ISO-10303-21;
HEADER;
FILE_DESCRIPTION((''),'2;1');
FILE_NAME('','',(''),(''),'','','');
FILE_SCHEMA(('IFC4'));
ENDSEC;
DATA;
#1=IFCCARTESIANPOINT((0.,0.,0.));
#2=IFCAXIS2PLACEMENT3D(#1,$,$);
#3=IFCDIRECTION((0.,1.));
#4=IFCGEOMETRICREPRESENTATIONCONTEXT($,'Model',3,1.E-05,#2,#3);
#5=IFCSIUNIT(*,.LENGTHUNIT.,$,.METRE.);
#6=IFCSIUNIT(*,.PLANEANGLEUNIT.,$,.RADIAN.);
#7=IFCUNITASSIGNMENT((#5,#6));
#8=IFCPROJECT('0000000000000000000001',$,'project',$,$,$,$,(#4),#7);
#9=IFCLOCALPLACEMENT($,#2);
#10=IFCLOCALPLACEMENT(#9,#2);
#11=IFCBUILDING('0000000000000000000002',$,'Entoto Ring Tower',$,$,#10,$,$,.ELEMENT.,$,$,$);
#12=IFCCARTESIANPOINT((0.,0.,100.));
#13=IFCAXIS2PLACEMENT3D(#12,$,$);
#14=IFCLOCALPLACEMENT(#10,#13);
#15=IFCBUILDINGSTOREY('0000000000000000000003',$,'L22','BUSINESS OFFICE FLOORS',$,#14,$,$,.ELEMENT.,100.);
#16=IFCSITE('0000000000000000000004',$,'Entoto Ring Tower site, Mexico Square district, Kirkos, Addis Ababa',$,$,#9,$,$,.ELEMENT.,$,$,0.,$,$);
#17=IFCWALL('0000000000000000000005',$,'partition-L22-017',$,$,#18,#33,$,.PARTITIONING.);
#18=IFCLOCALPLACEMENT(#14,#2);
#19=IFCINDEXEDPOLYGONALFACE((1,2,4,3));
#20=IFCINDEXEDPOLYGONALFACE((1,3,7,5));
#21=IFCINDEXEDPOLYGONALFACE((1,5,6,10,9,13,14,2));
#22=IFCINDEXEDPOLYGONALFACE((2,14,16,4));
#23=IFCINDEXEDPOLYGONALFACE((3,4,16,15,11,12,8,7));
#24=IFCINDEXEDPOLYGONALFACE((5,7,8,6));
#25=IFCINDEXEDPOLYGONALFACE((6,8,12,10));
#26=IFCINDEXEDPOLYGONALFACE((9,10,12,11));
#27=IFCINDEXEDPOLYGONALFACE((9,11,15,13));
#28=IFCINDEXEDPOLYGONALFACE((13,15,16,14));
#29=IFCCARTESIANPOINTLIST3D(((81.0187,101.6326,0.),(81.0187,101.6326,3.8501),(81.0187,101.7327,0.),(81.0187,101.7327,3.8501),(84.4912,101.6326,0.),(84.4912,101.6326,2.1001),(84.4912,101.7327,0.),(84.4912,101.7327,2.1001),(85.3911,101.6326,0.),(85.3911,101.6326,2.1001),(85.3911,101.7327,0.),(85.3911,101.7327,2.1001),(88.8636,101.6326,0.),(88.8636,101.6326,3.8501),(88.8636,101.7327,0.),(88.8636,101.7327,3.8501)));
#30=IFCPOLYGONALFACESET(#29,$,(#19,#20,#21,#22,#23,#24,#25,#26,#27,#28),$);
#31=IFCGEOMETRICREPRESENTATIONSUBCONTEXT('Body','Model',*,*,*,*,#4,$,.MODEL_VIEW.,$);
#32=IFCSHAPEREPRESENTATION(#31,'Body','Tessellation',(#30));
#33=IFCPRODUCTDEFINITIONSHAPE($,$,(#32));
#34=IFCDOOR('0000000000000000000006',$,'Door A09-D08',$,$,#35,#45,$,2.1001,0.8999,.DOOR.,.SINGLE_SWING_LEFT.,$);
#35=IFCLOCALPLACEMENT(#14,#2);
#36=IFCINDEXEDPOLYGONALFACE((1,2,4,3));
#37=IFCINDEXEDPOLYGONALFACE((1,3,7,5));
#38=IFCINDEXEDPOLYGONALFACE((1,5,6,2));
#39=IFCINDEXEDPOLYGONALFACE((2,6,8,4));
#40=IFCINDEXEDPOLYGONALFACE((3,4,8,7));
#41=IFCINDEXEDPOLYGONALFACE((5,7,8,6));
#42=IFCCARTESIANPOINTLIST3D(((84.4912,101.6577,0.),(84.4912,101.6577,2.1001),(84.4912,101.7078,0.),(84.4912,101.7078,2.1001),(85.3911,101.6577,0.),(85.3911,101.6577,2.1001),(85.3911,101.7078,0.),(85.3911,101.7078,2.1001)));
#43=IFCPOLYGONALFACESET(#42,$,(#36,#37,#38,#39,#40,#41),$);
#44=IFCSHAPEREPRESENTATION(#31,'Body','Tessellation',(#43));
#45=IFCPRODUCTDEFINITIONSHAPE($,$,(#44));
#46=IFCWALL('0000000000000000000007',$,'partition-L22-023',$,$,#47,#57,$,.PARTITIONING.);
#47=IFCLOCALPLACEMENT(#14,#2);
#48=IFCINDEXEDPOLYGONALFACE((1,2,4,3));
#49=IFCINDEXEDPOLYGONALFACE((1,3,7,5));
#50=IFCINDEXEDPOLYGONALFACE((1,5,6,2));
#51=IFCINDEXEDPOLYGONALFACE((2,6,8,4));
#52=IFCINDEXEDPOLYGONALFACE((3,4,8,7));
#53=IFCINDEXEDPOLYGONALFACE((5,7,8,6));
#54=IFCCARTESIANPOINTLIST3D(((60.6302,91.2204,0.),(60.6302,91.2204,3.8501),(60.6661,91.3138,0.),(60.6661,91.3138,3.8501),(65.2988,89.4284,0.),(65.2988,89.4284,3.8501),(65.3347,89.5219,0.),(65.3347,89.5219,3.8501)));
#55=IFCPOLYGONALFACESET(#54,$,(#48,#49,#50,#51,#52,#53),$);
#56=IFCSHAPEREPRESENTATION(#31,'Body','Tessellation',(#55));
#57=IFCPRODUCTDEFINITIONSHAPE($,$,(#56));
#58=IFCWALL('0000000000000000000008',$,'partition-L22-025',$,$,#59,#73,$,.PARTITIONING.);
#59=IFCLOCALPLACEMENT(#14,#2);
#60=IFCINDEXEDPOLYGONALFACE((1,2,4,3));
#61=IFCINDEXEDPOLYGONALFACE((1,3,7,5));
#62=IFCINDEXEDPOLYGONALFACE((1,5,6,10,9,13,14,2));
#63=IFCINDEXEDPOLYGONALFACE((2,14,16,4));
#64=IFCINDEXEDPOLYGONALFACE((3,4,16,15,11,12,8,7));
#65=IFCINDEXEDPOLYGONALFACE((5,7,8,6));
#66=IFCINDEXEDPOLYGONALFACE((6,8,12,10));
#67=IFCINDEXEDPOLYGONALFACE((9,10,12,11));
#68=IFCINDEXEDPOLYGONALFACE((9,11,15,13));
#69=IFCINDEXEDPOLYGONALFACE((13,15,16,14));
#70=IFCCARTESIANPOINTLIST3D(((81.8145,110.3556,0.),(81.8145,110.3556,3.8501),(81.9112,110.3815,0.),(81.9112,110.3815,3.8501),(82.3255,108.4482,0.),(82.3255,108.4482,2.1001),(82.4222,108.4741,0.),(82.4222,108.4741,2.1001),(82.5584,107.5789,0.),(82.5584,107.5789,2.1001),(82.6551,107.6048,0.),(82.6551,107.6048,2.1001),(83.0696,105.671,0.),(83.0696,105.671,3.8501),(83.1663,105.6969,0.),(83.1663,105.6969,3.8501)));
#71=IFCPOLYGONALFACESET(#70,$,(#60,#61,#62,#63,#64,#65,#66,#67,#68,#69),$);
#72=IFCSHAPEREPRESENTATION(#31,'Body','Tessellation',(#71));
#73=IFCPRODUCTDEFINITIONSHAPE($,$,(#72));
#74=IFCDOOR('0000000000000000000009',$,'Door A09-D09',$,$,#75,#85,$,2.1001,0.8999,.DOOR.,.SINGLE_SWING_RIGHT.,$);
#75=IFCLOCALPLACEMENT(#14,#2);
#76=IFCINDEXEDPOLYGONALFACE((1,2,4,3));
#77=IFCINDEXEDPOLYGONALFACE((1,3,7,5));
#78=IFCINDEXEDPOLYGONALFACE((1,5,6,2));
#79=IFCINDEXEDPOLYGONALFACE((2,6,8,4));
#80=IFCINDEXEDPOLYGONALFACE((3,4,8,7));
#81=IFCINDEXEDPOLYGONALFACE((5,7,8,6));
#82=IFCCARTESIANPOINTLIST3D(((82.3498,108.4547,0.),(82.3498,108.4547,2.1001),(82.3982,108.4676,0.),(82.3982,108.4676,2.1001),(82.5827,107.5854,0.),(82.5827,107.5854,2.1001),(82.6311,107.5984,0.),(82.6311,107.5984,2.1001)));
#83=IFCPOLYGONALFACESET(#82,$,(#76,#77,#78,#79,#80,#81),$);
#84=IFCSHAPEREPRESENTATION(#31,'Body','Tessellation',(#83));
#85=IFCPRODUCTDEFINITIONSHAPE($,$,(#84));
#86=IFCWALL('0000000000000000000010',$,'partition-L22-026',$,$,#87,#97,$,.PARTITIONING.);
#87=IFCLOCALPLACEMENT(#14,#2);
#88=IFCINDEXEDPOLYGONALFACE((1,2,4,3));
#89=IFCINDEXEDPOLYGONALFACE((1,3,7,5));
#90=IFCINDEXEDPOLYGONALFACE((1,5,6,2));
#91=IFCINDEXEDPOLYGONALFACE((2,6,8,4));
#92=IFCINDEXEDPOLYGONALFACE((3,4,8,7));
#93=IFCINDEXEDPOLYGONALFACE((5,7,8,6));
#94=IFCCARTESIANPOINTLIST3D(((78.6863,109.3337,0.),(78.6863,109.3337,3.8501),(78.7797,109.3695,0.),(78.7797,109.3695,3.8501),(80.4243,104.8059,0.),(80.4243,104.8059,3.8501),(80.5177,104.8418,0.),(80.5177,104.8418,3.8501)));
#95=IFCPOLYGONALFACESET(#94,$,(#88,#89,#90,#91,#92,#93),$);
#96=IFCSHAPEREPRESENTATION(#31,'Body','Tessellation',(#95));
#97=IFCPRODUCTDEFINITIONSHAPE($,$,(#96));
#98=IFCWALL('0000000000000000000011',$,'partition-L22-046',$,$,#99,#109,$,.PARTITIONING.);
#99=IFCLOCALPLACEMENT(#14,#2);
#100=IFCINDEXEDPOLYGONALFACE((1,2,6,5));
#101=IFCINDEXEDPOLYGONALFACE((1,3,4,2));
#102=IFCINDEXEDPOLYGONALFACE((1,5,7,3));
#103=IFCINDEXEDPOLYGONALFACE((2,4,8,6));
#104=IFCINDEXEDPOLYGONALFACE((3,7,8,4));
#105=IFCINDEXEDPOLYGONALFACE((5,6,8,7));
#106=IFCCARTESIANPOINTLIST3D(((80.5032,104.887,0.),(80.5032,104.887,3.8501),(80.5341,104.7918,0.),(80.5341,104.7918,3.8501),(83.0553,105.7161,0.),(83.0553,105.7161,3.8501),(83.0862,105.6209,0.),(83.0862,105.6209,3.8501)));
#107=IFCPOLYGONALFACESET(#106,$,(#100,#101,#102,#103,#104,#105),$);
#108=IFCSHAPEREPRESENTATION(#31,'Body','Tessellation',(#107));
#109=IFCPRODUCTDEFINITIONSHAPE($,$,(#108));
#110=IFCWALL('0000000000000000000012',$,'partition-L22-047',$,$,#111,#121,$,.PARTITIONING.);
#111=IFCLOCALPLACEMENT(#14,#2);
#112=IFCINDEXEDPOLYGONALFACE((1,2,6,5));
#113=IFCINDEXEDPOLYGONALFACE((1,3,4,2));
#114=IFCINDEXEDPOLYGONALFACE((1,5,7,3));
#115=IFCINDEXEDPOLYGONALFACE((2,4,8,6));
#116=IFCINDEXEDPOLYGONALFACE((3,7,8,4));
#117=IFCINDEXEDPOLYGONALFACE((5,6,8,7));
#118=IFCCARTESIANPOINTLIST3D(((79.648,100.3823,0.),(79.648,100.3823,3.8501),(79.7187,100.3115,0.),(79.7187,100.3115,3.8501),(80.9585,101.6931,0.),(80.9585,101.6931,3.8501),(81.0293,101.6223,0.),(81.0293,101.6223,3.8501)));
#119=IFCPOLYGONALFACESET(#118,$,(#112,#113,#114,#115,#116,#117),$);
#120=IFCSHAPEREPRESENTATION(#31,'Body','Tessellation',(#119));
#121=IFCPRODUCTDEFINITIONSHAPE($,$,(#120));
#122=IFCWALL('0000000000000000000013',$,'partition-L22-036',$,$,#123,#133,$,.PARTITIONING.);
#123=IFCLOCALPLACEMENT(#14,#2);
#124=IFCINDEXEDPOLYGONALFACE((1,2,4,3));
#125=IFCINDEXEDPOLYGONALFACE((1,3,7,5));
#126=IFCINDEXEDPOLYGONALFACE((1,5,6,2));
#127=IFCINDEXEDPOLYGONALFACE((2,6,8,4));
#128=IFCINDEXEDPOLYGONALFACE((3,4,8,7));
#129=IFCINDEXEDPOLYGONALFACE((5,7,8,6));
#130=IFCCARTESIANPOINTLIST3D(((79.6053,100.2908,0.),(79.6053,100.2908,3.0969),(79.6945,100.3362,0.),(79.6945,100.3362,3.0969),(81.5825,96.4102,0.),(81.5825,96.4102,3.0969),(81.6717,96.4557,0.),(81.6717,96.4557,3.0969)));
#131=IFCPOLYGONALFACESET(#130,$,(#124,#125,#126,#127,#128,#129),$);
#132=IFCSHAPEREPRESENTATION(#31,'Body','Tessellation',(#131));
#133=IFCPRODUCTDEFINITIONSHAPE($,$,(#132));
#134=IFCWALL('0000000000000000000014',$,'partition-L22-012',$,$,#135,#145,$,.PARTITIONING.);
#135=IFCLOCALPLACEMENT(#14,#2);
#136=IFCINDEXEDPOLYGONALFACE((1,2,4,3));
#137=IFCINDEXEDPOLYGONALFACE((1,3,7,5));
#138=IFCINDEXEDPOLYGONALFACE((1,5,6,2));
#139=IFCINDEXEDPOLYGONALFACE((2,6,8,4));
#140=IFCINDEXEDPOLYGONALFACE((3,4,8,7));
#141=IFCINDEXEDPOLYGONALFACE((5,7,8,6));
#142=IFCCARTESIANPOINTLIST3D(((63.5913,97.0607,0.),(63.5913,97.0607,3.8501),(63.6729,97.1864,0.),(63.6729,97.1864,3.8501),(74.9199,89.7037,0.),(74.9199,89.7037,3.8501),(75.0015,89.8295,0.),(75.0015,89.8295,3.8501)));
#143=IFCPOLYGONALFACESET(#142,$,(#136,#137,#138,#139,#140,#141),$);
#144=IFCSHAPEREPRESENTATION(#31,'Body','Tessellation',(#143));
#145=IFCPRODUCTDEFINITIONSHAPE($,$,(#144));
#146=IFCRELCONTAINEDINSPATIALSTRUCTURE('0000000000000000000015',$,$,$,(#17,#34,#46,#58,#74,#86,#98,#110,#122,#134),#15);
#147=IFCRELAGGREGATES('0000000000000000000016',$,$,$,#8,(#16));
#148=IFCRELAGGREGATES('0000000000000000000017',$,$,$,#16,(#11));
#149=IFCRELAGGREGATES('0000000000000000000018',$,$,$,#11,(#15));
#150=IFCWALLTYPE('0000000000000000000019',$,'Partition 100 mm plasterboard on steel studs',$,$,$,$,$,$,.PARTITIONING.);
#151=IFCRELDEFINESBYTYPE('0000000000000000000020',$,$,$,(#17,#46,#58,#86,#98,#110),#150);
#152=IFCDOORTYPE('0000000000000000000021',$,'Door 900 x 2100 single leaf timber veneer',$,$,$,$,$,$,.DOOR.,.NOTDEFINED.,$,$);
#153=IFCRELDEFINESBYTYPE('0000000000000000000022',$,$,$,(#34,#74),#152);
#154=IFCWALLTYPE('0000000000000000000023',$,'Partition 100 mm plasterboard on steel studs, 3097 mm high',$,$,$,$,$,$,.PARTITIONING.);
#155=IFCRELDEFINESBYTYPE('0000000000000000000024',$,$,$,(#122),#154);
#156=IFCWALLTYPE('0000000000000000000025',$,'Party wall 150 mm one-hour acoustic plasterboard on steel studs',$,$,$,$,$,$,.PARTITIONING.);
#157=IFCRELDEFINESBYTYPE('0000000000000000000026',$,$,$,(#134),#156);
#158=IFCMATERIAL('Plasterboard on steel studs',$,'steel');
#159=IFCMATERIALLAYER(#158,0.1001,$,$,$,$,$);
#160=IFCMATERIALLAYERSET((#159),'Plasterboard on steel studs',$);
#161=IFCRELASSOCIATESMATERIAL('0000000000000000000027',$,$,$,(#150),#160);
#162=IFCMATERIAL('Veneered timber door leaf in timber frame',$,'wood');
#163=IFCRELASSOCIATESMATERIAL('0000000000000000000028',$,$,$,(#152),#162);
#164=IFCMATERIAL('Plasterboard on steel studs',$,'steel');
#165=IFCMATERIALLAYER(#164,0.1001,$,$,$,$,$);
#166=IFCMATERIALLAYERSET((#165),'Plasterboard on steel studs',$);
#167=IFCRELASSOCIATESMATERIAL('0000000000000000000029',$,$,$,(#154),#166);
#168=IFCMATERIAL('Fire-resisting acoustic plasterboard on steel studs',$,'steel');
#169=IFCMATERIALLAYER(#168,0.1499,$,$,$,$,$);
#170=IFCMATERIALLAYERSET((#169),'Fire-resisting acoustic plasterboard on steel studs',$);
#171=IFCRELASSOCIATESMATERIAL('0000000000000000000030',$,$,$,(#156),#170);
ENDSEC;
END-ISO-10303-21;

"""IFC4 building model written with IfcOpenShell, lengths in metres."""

from ifc_helpers import new_model, si_unit, direction, frame, frame_2d, origin, place, context, subcontext, project, spatial, rectangle, extrude, material, layer, layer_set, type_object, element, fill, save


model = new_model("IFC4")

# Units and contexts
model_context = context("Model", 3, precision=1e-05, world=origin(), true_north=direction((0.0, 1.0)))
body_context = subcontext(model_context, "Body", "Model", "MODEL_VIEW")
ifc_project = project(units=[si_unit("LENGTHUNIT", "METRE"), si_unit("PLANEANGLEUNIT", "RADIAN")], contexts=[model_context])

# Site, building, storey
site_placement = place(None, origin())
site = spatial("IfcSite", under=ifc_project, at=site_placement, Name="Entoto Ring Tower site, Mexico Square district, Kirkos, Addis Ababa", CompositionType="ELEMENT", RefElevation=0.0)
building_placement = place(site_placement, origin())
building = spatial("IfcBuilding", under=site, at=building_placement, Name="Entoto Ring Tower", CompositionType="ELEMENT")
storey_placement = place(building_placement, frame((0.0, 0.0, 100.0)))
storey = spatial("IfcBuildingStorey", under=building, at=storey_placement, Name="L22", Description="BUSINESS OFFICE FLOORS", CompositionType="ELEMENT", Elevation=100.0)

# Wall, opening, door
ifc_material_1 = material(Name="Plasterboard on steel studs", Category="steel")
ifc_layer_1 = layer(ifc_material_1, 0.1001)
ifc_layer_set_1 = layer_set([ifc_layer_1], Name="Plasterboard on steel studs")
wall_type_1 = type_object("IfcWallType", Name="Partition 100 mm plasterboard on steel studs", PredefinedType="PARTITIONING", material=ifc_layer_set_1)
wall_1_placement = place(storey_placement, frame((81.0188, 101.6826, 0.0), z_axis=(0.0, 0.0, 1.0), x_axis=(1.0, 0.0, 0.0)))
wall_1 = element("IfcWall", 1, at=wall_1_placement, inside=storey, type_object=wall_type_1, Name="partition-L22-017", PredefinedType="PARTITIONING", context=body_context, shape_type="SweptSolid", body=[
    extrude(rectangle(XDim=7.845, YDim=0.1001, at=frame_2d((3.9224, 0.0))), origin(), (0.0, 0.0, 1.0), 3.8501),
])
opening_1_placement = place(wall_1_placement, frame((3.4724, 0.0, 0.0)))
opening_1 = element("IfcOpeningElement", 2, at=opening_1_placement, cuts=wall_1, PredefinedType="OPENING", context=body_context, shape_type="SweptSolid", body=[
    extrude(rectangle(XDim=0.8999, YDim=2.1001, at=frame_2d((0.45, 1.05))), frame((0.0, 0.0601, 0.0), z_axis=(0.0, -1.0, 0.0), x_axis=(1.0, 0.0, 0.0)), (0.0, 0.0, 1.0), 0.1201),
])
ifc_material_2 = material(Name="Veneered timber door leaf in timber frame", Category="wood")
door_type_1 = type_object("IfcDoorType", Name="Door 900 x 2100 single leaf timber veneer", OperationType="NOTDEFINED", PredefinedType="DOOR", material=ifc_material_2)
door_1_placement = place(opening_1_placement, frame((0.8999, 0.0, 0.0), z_axis=(0.0, 0.0, 1.0), x_axis=(-1.0, 0.0, 0.0)))
door_1 = element("IfcDoor", 3, at=door_1_placement, inside=storey, type_object=door_type_1, Name="Door A09-D08", OperationType="SINGLE_SWING_LEFT", OverallHeight=2.1001, OverallWidth=0.8999, PredefinedType="DOOR", context=body_context, shape_type="SweptSolid", body=[
    extrude(rectangle(XDim=0.8999, YDim=2.1001, at=frame_2d((0.45, 1.05))), frame((0.0, 0.0249, 0.0), z_axis=(0.0, -1.0, 0.0), x_axis=(1.0, 0.0, 0.0)), (0.0, 0.0, 1.0), 0.05),
])
fill(opening_1, door_1)

# Wall
wall_2_placement = place(storey_placement, frame((65.3169, 89.4751, 0.0), z_axis=(0.0, 0.0, 1.0), x_axis=(-0.933591, 0.358341, 0.0)))
element("IfcWall", 4, at=wall_2_placement, inside=storey, type_object=wall_type_1, Name="partition-L22-023", PredefinedType="PARTITIONING", context=body_context, shape_type="SweptSolid", body=[
    extrude(rectangle(XDim=5.0007, YDim=0.1001, at=frame_2d((2.5005, 0.0))), origin(), (0.0, 0.0, 1.0), 3.8501),
])

# Wall, opening, door
wall_3_placement = place(storey_placement, frame((83.1179, 105.6841, 0.0), z_axis=(0.0, 0.0, 1.0), x_axis=(-0.2588, 0.965931, 0.0)))
wall_3 = element("IfcWall", 5, at=wall_3_placement, inside=storey, type_object=wall_type_1, Name="partition-L22-025", PredefinedType="PARTITIONING", context=body_context, shape_type="SweptSolid", body=[
    extrude(rectangle(XDim=4.8499, YDim=0.1001, at=frame_2d((2.4248, 0.0))), origin(), (0.0, 0.0, 1.0), 3.8501),
])
opening_2_placement = place(wall_3_placement, frame((1.9751, 0.0, 0.0)))
opening_2 = element("IfcOpeningElement", 6, at=opening_2_placement, cuts=wall_3, PredefinedType="OPENING", context=body_context, shape_type="SweptSolid", body=[
    extrude(rectangle(XDim=0.8999, YDim=2.1001, at=frame_2d((0.45, 1.05))), frame((0.0, 0.0601, 0.0), z_axis=(0.0, -1.0, 0.0), x_axis=(1.0, 0.0, 0.0)), (0.0, 0.0, 1.0), 0.1201),
])
door_2_placement = place(opening_2_placement, origin())
door_2 = element("IfcDoor", 7, at=door_2_placement, inside=storey, type_object=door_type_1, Name="Door A09-D09", OperationType="SINGLE_SWING_RIGHT", OverallHeight=2.1001, OverallWidth=0.8999, PredefinedType="DOOR", context=body_context, shape_type="SweptSolid", body=[
    extrude(rectangle(XDim=0.8999, YDim=2.1001, at=frame_2d((0.45, 1.05))), frame((0.0, 0.0249, 0.0), z_axis=(0.0, -1.0, 0.0), x_axis=(1.0, 0.0, 0.0)), (0.0, 0.0, 1.0), 0.05),
])
fill(opening_2, door_2)

# Walls
wall_4_placement = place(storey_placement, frame((80.4709, 104.824, 0.0), z_axis=(0.0, 0.0, 1.0), x_axis=(-0.358362, 0.933583, 0.0)))
element("IfcWall", 8, at=wall_4_placement, inside=storey, type_object=wall_type_1, Name="partition-L22-026", PredefinedType="PARTITIONING", context=body_context, shape_type="SweptSolid", body=[
    extrude(rectangle(XDim=4.8499, YDim=0.1001, at=frame_2d((2.4248, 0.0))), origin(), (0.0, 0.0, 1.0), 3.8501),
])
wall_5_placement = place(storey_placement, frame((80.5186, 104.8394, 0.0), z_axis=(0.0, 0.0, 1.0), x_axis=(0.951067, 0.308985, 0.0)))
element("IfcWall", 9, at=wall_5_placement, inside=storey, type_object=wall_type_1, Name="partition-L22-046", PredefinedType="PARTITIONING", context=body_context, shape_type="SweptSolid", body=[
    extrude(rectangle(XDim=2.6833, YDim=0.1001, at=frame_2d((1.3418, 0.0))), origin(), (0.0, 0.0, 1.0), 3.8501),
])
wall_6_placement = place(storey_placement, frame((79.6833, 100.3469, 0.0), z_axis=(0.0, 0.0, 1.0), x_axis=(0.707041, 0.707173, 0.0)))
element("IfcWall", 10, at=wall_6_placement, inside=storey, type_object=wall_type_1, Name="partition-L22-047", PredefinedType="PARTITIONING", context=body_context, shape_type="SweptSolid", body=[
    extrude(rectangle(XDim=1.8535, YDim=0.1001, at=frame_2d((0.9268, 0.0))), origin(), (0.0, 0.0, 1.0), 3.8501),
])
ifc_material_3 = material(Name="Plasterboard on steel studs", Category="steel")
ifc_layer_2 = layer(ifc_material_3, 0.1001)
ifc_layer_set_2 = layer_set([ifc_layer_2], Name="Plasterboard on steel studs")
wall_type_2 = type_object("IfcWallType", Name="Partition 100 mm plasterboard on steel studs, 3097 mm high", PredefinedType="PARTITIONING", material=ifc_layer_set_2)
wall_7_placement = place(storey_placement, frame((81.6272, 96.4329, 0.0), z_axis=(0.0, 0.0, 1.0), x_axis=(-0.453995, 0.891004, 0.0)))
element("IfcWall", 11, at=wall_7_placement, inside=storey, type_object=wall_type_2, Name="partition-L22-036", PredefinedType="PARTITIONING", context=body_context, shape_type="SweptSolid", body=[
    extrude(rectangle(XDim=4.3552, YDim=0.1001, at=frame_2d((2.1777, 0.0))), origin(), (0.0, 0.0, 1.0), 3.0969),
])
ifc_material_4 = material(Name="Fire-resisting acoustic plasterboard on steel studs", Category="steel")
ifc_layer_3 = layer(ifc_material_4, 0.1499)
ifc_layer_set_3 = layer_set([ifc_layer_3], Name="Fire-resisting acoustic plasterboard on steel studs")
wall_type_3 = type_object("IfcWallType", Name="Party wall 150 mm one-hour acoustic plasterboard on steel studs", PredefinedType="PARTITIONING", material=ifc_layer_set_3)
wall_8_placement = place(storey_placement, frame((74.9607, 89.7666, 0.0), z_axis=(0.0, 0.0, 1.0), x_axis=(-0.838669, 0.544641, 0.0)))
element("IfcWall", 12, at=wall_8_placement, inside=storey, type_object=wall_type_3, Name="partition-L22-012", PredefinedType="PARTITIONING", context=body_context, shape_type="SweptSolid", body=[
    extrude(rectangle(XDim=13.5078, YDim=0.1499, at=frame_2d((6.7539, 0.0))), origin(), (0.0, 0.0, 1.0), 3.8501),
])

save(model, "model.ifc")
